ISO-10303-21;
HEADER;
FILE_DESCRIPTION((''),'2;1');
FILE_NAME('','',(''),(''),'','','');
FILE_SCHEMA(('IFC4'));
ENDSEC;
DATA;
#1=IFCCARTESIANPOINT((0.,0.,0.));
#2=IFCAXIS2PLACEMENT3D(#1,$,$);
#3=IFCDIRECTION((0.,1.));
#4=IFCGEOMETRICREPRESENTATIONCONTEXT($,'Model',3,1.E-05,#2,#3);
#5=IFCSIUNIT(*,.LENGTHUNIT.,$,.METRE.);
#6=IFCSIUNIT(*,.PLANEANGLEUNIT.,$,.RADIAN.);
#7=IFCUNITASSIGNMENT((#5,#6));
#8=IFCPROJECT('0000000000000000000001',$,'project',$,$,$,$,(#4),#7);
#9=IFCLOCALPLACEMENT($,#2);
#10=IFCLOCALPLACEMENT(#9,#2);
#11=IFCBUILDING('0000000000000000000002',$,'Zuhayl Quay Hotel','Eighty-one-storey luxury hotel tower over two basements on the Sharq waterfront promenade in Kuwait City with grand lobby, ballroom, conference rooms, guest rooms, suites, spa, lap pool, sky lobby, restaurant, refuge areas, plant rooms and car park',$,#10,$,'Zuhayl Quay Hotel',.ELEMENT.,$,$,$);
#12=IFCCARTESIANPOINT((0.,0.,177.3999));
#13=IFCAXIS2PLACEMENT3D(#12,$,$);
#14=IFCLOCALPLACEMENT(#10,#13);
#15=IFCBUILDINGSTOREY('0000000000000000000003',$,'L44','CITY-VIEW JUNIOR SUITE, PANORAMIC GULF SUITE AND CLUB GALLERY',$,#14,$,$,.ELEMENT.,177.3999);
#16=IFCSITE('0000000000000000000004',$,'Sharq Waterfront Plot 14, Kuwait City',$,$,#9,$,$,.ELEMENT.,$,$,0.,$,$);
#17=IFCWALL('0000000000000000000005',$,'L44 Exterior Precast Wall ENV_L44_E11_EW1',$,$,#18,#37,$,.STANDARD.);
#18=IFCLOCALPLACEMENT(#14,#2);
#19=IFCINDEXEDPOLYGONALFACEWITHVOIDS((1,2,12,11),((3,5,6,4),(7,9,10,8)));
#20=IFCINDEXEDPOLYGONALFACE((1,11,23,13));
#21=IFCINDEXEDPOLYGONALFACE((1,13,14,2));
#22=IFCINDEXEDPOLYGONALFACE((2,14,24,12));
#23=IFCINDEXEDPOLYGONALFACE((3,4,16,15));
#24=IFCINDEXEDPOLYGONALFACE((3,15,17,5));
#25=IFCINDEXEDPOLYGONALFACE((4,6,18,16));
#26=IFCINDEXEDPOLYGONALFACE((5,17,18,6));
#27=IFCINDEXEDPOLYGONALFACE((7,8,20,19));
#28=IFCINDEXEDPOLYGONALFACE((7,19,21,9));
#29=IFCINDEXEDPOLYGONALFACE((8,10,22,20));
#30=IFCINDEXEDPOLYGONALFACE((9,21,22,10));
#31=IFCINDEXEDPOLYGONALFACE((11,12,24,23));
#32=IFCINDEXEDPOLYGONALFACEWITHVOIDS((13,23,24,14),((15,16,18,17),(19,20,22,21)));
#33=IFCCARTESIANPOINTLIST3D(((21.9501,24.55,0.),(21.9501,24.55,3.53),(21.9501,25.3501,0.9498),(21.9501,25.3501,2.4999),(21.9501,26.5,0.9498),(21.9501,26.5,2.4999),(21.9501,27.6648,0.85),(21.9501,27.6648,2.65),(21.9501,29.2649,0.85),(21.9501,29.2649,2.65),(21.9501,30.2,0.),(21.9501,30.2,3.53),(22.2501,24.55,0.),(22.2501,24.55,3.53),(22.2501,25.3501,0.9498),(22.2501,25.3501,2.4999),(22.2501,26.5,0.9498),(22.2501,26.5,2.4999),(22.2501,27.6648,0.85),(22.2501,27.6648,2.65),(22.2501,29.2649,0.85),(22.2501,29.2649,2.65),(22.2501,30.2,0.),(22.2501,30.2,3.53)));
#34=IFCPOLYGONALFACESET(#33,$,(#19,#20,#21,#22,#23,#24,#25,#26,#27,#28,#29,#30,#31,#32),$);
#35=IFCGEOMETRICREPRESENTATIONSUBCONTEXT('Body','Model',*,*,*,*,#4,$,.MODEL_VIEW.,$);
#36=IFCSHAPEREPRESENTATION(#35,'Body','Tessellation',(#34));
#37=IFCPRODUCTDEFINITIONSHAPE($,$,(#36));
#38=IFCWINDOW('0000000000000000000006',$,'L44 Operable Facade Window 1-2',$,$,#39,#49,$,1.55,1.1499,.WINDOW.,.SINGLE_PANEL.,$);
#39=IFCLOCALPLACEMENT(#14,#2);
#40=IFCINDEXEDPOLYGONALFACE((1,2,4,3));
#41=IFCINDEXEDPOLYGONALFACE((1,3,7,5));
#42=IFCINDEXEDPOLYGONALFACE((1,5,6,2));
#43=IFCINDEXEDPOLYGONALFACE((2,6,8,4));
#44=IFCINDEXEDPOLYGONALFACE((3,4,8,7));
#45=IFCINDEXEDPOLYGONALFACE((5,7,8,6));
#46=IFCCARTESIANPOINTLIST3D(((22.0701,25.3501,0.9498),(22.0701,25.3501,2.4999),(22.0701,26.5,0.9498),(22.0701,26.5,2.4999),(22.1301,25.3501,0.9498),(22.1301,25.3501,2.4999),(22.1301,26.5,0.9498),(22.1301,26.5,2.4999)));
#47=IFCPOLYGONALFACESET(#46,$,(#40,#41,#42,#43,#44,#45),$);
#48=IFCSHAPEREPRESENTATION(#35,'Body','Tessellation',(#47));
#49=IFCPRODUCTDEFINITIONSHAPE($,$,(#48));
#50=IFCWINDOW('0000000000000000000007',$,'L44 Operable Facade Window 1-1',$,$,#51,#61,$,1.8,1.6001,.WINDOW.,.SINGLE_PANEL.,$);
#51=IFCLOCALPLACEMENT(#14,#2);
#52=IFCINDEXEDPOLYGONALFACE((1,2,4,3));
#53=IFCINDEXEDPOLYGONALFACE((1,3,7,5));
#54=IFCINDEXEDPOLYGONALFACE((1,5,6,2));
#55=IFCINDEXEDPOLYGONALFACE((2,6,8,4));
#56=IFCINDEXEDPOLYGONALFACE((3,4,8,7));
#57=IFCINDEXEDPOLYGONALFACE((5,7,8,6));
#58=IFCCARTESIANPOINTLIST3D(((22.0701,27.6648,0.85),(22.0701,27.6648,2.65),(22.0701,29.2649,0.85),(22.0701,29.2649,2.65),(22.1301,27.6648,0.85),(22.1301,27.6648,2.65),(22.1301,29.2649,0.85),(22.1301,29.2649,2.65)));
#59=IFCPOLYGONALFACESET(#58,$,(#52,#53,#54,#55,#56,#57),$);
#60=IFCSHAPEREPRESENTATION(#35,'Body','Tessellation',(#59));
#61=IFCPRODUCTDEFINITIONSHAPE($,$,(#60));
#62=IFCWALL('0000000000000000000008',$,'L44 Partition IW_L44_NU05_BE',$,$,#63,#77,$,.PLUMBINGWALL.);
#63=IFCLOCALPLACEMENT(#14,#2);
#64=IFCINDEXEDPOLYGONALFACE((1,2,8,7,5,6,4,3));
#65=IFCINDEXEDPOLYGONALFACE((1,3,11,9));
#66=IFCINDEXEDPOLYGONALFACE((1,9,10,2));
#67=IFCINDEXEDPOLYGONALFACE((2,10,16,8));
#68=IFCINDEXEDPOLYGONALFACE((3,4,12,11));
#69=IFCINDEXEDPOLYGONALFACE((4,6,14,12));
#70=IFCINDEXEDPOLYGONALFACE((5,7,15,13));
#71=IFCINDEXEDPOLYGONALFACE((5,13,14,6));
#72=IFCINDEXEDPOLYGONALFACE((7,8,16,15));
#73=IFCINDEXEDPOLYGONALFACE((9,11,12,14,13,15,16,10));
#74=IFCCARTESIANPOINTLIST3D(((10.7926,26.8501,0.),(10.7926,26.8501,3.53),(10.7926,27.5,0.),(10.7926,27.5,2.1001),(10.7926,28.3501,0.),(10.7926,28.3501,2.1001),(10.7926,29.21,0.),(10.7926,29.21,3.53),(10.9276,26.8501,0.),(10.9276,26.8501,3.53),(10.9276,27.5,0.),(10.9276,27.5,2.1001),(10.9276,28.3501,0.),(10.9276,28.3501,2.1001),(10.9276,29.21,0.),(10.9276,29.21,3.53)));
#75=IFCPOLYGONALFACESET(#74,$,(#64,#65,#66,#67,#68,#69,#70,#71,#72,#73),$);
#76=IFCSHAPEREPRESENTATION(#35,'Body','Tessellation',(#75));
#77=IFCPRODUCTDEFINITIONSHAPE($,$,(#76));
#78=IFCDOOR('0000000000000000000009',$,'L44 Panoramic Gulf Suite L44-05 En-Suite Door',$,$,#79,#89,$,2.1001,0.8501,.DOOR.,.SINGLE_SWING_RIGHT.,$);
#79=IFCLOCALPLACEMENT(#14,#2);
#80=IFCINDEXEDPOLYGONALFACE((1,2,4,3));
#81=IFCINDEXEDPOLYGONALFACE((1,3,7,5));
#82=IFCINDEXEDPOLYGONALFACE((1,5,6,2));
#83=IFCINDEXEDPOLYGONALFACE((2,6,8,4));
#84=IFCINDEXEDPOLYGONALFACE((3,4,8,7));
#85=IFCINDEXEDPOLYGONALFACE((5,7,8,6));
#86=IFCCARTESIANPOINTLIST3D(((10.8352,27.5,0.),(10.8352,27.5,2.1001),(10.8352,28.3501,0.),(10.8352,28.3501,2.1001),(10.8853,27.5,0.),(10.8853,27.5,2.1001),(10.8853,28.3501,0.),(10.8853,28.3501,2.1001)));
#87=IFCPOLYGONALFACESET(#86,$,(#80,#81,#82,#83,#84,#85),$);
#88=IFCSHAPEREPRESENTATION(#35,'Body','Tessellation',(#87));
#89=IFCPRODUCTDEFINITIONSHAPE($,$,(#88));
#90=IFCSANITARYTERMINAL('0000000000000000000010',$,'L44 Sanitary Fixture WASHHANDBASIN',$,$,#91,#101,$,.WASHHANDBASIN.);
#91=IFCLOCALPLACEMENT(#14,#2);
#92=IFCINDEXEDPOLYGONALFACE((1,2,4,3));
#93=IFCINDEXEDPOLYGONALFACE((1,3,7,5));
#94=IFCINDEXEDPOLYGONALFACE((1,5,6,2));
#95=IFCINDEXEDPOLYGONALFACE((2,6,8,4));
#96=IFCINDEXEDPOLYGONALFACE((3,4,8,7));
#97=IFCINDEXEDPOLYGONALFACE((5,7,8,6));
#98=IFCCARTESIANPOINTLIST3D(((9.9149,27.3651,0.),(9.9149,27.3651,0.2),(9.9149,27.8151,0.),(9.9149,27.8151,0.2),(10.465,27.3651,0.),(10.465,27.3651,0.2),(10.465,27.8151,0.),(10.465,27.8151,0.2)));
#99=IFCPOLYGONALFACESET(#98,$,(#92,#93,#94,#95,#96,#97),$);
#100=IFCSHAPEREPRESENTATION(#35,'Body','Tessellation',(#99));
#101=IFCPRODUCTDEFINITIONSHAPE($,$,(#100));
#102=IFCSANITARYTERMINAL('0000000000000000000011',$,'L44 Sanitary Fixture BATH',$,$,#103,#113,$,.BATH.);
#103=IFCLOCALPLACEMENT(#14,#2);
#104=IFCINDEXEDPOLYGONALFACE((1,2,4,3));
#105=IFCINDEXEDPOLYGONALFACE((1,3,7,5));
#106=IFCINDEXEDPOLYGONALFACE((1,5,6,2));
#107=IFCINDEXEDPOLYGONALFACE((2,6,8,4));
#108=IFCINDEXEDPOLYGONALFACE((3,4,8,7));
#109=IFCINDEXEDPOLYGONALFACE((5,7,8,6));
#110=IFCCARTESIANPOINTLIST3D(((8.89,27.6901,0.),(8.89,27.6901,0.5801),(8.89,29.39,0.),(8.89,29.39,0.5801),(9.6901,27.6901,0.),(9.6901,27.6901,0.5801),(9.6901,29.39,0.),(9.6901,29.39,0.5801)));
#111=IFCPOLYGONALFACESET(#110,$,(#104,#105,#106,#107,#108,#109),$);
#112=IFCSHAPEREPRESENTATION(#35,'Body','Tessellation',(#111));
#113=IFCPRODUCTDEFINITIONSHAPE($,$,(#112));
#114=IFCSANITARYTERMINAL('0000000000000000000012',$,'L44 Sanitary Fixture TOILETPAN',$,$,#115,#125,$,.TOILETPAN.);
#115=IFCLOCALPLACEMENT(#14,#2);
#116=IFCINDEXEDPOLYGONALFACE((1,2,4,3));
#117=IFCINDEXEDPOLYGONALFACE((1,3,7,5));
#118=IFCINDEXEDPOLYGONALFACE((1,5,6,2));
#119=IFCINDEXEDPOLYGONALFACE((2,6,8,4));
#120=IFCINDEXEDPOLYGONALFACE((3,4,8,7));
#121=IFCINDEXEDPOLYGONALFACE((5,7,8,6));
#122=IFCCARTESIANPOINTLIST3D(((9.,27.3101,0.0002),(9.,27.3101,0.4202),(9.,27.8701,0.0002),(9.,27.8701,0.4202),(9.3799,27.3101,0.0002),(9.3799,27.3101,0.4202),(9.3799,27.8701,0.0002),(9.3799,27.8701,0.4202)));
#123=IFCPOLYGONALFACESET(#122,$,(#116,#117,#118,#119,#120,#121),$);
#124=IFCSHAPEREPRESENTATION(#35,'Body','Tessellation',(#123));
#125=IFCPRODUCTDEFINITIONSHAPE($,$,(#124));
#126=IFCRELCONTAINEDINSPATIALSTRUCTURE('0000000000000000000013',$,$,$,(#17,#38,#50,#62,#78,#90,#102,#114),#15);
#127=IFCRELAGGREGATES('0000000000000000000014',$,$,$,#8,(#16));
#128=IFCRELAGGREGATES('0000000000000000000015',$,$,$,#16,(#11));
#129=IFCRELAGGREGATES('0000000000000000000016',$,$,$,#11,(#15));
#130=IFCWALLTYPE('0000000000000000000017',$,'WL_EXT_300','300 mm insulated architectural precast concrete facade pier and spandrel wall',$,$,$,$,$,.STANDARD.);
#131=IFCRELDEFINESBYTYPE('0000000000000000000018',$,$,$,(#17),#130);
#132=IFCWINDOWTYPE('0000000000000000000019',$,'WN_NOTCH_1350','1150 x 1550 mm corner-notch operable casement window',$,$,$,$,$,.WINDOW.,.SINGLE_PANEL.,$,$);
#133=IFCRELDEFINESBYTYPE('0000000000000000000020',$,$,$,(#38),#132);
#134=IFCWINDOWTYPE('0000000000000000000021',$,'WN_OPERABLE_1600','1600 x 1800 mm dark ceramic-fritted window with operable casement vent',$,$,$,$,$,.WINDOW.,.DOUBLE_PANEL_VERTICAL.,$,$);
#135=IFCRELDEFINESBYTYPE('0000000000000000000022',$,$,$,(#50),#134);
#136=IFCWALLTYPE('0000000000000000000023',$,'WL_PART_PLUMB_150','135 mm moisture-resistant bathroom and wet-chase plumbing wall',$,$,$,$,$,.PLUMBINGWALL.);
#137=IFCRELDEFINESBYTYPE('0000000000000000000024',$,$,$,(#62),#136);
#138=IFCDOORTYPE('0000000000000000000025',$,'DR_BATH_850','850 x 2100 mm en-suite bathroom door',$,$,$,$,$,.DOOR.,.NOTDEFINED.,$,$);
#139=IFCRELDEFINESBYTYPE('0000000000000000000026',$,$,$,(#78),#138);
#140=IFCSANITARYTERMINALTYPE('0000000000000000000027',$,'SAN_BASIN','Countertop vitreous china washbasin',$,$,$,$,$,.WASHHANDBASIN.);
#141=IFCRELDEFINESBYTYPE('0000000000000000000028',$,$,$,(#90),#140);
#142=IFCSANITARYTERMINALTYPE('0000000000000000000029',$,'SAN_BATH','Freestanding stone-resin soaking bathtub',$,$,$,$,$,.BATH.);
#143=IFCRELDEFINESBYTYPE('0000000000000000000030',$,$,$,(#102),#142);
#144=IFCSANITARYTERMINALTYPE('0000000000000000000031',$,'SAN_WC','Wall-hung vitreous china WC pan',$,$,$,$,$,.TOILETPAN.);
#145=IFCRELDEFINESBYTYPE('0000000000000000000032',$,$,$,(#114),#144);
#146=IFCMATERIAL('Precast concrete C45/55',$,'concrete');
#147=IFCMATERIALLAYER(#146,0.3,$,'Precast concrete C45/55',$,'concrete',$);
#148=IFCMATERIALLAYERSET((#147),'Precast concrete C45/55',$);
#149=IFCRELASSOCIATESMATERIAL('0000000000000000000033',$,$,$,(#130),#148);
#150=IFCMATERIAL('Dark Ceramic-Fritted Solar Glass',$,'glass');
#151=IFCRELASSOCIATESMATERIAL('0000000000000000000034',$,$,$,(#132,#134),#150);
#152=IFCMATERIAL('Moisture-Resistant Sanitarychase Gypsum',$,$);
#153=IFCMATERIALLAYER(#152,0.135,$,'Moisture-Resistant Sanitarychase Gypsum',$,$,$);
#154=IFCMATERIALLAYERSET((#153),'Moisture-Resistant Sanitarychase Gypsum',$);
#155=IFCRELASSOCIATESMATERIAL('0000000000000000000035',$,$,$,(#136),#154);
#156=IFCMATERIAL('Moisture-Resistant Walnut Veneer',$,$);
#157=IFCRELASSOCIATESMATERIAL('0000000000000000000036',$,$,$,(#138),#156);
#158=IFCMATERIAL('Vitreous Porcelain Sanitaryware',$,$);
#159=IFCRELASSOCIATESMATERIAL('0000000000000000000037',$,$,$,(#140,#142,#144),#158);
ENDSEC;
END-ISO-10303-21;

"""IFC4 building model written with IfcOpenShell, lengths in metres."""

from ifc_helpers import new_model, si_unit, direction, frame, frame_2d, origin, origin_2d, place, context, subcontext, project, spatial, rectangle, extrude, material, layer, layer_set, type_object, element, fill, save


model = new_model("IFC4")

# Units and contexts
model_context = context("Model", 3, precision=1e-05, world=origin(), true_north=direction((0.0, 1.0)))
body_context = subcontext(model_context, "Body", "Model", "MODEL_VIEW")
ifc_project = project(units=[si_unit("LENGTHUNIT", "METRE"), si_unit("PLANEANGLEUNIT", "RADIAN")], contexts=[model_context])

# Site, building, storey
site_placement = place(None, origin())
site = spatial("IfcSite", under=ifc_project, at=site_placement, Name="Sharq Waterfront Plot 14, Kuwait City", CompositionType="ELEMENT", RefElevation=0.0)
building_placement = place(site_placement, origin())
building = spatial("IfcBuilding", under=site, at=building_placement, Name="Zuhayl Quay Hotel", Description="Eighty-one-storey luxury hotel tower over two basements on the Sharq waterfront promenade in Kuwait City with grand lobby, ballroom, conference rooms, guest rooms, suites, spa, lap pool, sky lobby, restaurant, refuge areas, plant rooms and car park", LongName="Zuhayl Quay Hotel", CompositionType="ELEMENT")
storey_placement = place(building_placement, frame((0.0, 0.0, 177.3999)))
storey = spatial("IfcBuildingStorey", under=building, at=storey_placement, Name="L44", Description="CITY-VIEW JUNIOR SUITE, PANORAMIC GULF SUITE AND CLUB GALLERY", CompositionType="ELEMENT", Elevation=177.3999)

# Shared definitions
ifc_material_1 = material(Name="Dark Ceramic-Fritted Solar Glass", Category="glass")

# Shared definitions
ifc_material_2 = material(Name="Precast concrete C45/55", Category="concrete")
ifc_layer_1 = layer(ifc_material_2, 0.3, Name="Precast concrete C45/55", Category="concrete")
ifc_layer_set_1 = layer_set([ifc_layer_1], Name="Precast concrete C45/55")
wall_type_1 = type_object("IfcWallType", Name="WL_EXT_300", Description="300 mm insulated architectural precast concrete facade pier and spandrel wall", PredefinedType="STANDARD", material=ifc_layer_set_1)

# Shared definitions
window_type_1 = type_object("IfcWindowType", Name="WN_NOTCH_1350", Description="1150 x 1550 mm corner-notch operable casement window", PartitioningType="SINGLE_PANEL", PredefinedType="WINDOW", material=ifc_material_1)

# Wall, openings, windows
wall_1_placement = place(storey_placement, frame((22.1001, 30.2, 0.0), z_axis=(0.0, 0.0, 1.0), x_axis=(0.0, -1.0, 0.0)))
wall_1 = element("IfcWall", 1, at=wall_1_placement, inside=storey, type_object=wall_type_1, Name="L44 Exterior Precast Wall ENV_L44_E11_EW1", PredefinedType="STANDARD", context=body_context, shape_type="SweptSolid", body=[
    extrude(rectangle(XDim=5.6499, YDim=0.3, at=frame_2d((2.825, 0.0))), origin(), (0.0, 0.0, 1.0), 3.53),
])
opening_1_placement = place(wall_1_placement, frame((0.9351, 0.0, 0.8501)))
opening_1 = element("IfcOpeningElement", 2, at=opening_1_placement, cuts=wall_1, PredefinedType="OPENING", context=body_context, shape_type="SweptSolid", body=[
    extrude(rectangle(XDim=1.6001, YDim=1.8, at=frame_2d((0.8, 0.8999))), frame((0.0, 0.1599, 0.0), z_axis=(0.0, -1.0, 0.0), x_axis=(1.0, 0.0, 0.0)), (0.0, 0.0, 1.0), 0.3201),
])
opening_2_placement = place(wall_1_placement, frame((3.7, 0.0, 0.95)))
opening_2 = element("IfcOpeningElement", 3, at=opening_2_placement, cuts=wall_1, PredefinedType="OPENING", context=body_context, shape_type="SweptSolid", body=[
    extrude(rectangle(XDim=1.1499, YDim=1.55, at=frame_2d((0.575, 0.7749))), frame((0.0, 0.1599, 0.0), z_axis=(0.0, -1.0, 0.0), x_axis=(1.0, 0.0, 0.0)), (0.0, 0.0, 1.0), 0.3201),
])
window_1_placement = place(opening_2_placement, origin())
window_1 = element("IfcWindow", 4, at=window_1_placement, inside=storey, type_object=window_type_1, Name="L44 Operable Facade Window 1-2", OverallHeight=1.55, OverallWidth=1.1499, PartitioningType="SINGLE_PANEL", PredefinedType="WINDOW", context=body_context, shape_type="SweptSolid", body=[
    extrude(rectangle(XDim=1.1499, YDim=1.55, at=frame_2d((0.575, 0.7749))), frame((0.0, 0.03, 0.0), z_axis=(0.0, -1.0, 0.0), x_axis=(1.0, 0.0, 0.0)), (0.0, 0.0, 1.0), 0.0601),
])
fill(opening_2, window_1)
window_type_2 = type_object("IfcWindowType", Name="WN_OPERABLE_1600", Description="1600 x 1800 mm dark ceramic-fritted window with operable casement vent", PartitioningType="DOUBLE_PANEL_VERTICAL", PredefinedType="WINDOW", material=ifc_material_1)
window_2_placement = place(opening_1_placement, origin())
window_2 = element("IfcWindow", 5, at=window_2_placement, inside=storey, type_object=window_type_2, Name="L44 Operable Facade Window 1-1", OverallHeight=1.8, OverallWidth=1.6001, PartitioningType="SINGLE_PANEL", PredefinedType="WINDOW", context=body_context, shape_type="SweptSolid", body=[
    extrude(rectangle(XDim=1.6001, YDim=1.8, at=frame_2d((0.8, 0.8999))), frame((0.0, 0.03, 0.0), z_axis=(0.0, -1.0, 0.0), x_axis=(1.0, 0.0, 0.0)), (0.0, 0.0, 1.0), 0.0601),
])
fill(opening_1, window_2)

# Wall, opening, door
ifc_material_3 = material(Name="Moisture-Resistant Sanitarychase Gypsum")
ifc_layer_2 = layer(ifc_material_3, 0.135, Name="Moisture-Resistant Sanitarychase Gypsum")
ifc_layer_set_2 = layer_set([ifc_layer_2], Name="Moisture-Resistant Sanitarychase Gypsum")
wall_type_2 = type_object("IfcWallType", Name="WL_PART_PLUMB_150", Description="135 mm moisture-resistant bathroom and wet-chase plumbing wall", PredefinedType="PLUMBINGWALL", material=ifc_layer_set_2)
wall_2_placement = place(storey_placement, frame((10.8601, 26.8501, 0.0), z_axis=(0.0, 0.0, 1.0), x_axis=(0.0, 1.0, 0.0)))
wall_2 = element("IfcWall", 6, at=wall_2_placement, inside=storey, type_object=wall_type_2, Name="L44 Partition IW_L44_NU05_BE", PredefinedType="PLUMBINGWALL", context=body_context, shape_type="SweptSolid", body=[
    extrude(rectangle(XDim=2.3599, YDim=0.135, at=frame_2d((1.1799, 0.0))), origin(), (0.0, 0.0, 1.0), 3.53),
])
opening_3_placement = place(wall_2_placement, frame((0.6499, 0.0, 0.0)))
opening_3 = element("IfcOpeningElement", 7, at=opening_3_placement, cuts=wall_2, PredefinedType="OPENING", context=body_context, shape_type="SweptSolid", body=[
    extrude(rectangle(XDim=0.8501, YDim=2.1001, at=frame_2d((0.425, 1.05))), frame((0.0, 0.0774, 0.0), z_axis=(0.0, -1.0, 0.0), x_axis=(1.0, 0.0, 0.0)), (0.0, 0.0, 1.0), 0.155),
])
ifc_material_4 = material(Name="Moisture-Resistant Walnut Veneer")
door_type = type_object("IfcDoorType", Name="DR_BATH_850", Description="850 x 2100 mm en-suite bathroom door", OperationType="NOTDEFINED", PredefinedType="DOOR", material=ifc_material_4)
door_placement = place(opening_3_placement, origin())
door = element("IfcDoor", 8, at=door_placement, inside=storey, type_object=door_type, Name="L44 Panoramic Gulf Suite L44-05 En-Suite Door", OperationType="SINGLE_SWING_RIGHT", OverallHeight=2.1001, OverallWidth=0.8501, PredefinedType="DOOR", context=body_context, shape_type="SweptSolid", body=[
    extrude(rectangle(XDim=0.8501, YDim=2.1001, at=frame_2d((0.425, 1.05))), frame((0.0, 0.0249, 0.0), z_axis=(0.0, -1.0, 0.0), x_axis=(1.0, 0.0, 0.0)), (0.0, 0.0, 1.0), 0.05),
])
fill(opening_3, door)

# Sanitary terminals
ifc_material_5 = material(Name="Vitreous Porcelain Sanitaryware")
sanitary_terminal_type_1 = type_object("IfcSanitaryTerminalType", Name="SAN_BASIN", Description="Countertop vitreous china washbasin", PredefinedType="WASHHANDBASIN", material=ifc_material_5)
sanitary_terminal_1_placement = place(storey_placement, frame((10.1899, 27.5901, 0.0), z_axis=(0.0, 0.0, 1.0), x_axis=(1.0, 0.0, 0.0)))
element("IfcSanitaryTerminal", 9, at=sanitary_terminal_1_placement, inside=storey, type_object=sanitary_terminal_type_1, Name="L44 Sanitary Fixture WASHHANDBASIN", PredefinedType="WASHHANDBASIN", context=body_context, shape_type="SweptSolid", body=[
    extrude(rectangle(XDim=0.55, YDim=0.45, at=origin_2d()), origin(), (0.0, 0.0, 1.0), 0.2),
])
sanitary_terminal_type_2 = type_object("IfcSanitaryTerminalType", Name="SAN_BATH", Description="Freestanding stone-resin soaking bathtub", PredefinedType="BATH", material=ifc_material_5)
sanitary_terminal_2_placement = place(storey_placement, frame((9.29, 28.54, 0.0), z_axis=(0.0, 0.0, 1.0), x_axis=(1.0, 0.0, 0.0)))
element("IfcSanitaryTerminal", 10, at=sanitary_terminal_2_placement, inside=storey, type_object=sanitary_terminal_type_2, Name="L44 Sanitary Fixture BATH", PredefinedType="BATH", context=body_context, shape_type="SweptSolid", body=[
    extrude(rectangle(XDim=0.8, YDim=1.7, at=origin_2d()), origin(), (0.0, 0.0, 1.0), 0.5801),
])
sanitary_terminal_type_3 = type_object("IfcSanitaryTerminalType", Name="SAN_WC", Description="Wall-hung vitreous china WC pan", PredefinedType="TOILETPAN", material=ifc_material_5)
sanitary_terminal_3_placement = place(storey_placement, frame((9.1899, 27.5901, 0.0002), z_axis=(0.0, 0.0, 1.0), x_axis=(1.0, 0.0, 0.0)))
element("IfcSanitaryTerminal", 11, at=sanitary_terminal_3_placement, inside=storey, type_object=sanitary_terminal_type_3, Name="L44 Sanitary Fixture TOILETPAN", PredefinedType="TOILETPAN", context=body_context, shape_type="SweptSolid", body=[
    extrude(rectangle(XDim=0.3799, YDim=0.5601, at=origin_2d()), origin(), (0.0, 0.0, 1.0), 0.4199),
])

save(model, "model.ifc")
